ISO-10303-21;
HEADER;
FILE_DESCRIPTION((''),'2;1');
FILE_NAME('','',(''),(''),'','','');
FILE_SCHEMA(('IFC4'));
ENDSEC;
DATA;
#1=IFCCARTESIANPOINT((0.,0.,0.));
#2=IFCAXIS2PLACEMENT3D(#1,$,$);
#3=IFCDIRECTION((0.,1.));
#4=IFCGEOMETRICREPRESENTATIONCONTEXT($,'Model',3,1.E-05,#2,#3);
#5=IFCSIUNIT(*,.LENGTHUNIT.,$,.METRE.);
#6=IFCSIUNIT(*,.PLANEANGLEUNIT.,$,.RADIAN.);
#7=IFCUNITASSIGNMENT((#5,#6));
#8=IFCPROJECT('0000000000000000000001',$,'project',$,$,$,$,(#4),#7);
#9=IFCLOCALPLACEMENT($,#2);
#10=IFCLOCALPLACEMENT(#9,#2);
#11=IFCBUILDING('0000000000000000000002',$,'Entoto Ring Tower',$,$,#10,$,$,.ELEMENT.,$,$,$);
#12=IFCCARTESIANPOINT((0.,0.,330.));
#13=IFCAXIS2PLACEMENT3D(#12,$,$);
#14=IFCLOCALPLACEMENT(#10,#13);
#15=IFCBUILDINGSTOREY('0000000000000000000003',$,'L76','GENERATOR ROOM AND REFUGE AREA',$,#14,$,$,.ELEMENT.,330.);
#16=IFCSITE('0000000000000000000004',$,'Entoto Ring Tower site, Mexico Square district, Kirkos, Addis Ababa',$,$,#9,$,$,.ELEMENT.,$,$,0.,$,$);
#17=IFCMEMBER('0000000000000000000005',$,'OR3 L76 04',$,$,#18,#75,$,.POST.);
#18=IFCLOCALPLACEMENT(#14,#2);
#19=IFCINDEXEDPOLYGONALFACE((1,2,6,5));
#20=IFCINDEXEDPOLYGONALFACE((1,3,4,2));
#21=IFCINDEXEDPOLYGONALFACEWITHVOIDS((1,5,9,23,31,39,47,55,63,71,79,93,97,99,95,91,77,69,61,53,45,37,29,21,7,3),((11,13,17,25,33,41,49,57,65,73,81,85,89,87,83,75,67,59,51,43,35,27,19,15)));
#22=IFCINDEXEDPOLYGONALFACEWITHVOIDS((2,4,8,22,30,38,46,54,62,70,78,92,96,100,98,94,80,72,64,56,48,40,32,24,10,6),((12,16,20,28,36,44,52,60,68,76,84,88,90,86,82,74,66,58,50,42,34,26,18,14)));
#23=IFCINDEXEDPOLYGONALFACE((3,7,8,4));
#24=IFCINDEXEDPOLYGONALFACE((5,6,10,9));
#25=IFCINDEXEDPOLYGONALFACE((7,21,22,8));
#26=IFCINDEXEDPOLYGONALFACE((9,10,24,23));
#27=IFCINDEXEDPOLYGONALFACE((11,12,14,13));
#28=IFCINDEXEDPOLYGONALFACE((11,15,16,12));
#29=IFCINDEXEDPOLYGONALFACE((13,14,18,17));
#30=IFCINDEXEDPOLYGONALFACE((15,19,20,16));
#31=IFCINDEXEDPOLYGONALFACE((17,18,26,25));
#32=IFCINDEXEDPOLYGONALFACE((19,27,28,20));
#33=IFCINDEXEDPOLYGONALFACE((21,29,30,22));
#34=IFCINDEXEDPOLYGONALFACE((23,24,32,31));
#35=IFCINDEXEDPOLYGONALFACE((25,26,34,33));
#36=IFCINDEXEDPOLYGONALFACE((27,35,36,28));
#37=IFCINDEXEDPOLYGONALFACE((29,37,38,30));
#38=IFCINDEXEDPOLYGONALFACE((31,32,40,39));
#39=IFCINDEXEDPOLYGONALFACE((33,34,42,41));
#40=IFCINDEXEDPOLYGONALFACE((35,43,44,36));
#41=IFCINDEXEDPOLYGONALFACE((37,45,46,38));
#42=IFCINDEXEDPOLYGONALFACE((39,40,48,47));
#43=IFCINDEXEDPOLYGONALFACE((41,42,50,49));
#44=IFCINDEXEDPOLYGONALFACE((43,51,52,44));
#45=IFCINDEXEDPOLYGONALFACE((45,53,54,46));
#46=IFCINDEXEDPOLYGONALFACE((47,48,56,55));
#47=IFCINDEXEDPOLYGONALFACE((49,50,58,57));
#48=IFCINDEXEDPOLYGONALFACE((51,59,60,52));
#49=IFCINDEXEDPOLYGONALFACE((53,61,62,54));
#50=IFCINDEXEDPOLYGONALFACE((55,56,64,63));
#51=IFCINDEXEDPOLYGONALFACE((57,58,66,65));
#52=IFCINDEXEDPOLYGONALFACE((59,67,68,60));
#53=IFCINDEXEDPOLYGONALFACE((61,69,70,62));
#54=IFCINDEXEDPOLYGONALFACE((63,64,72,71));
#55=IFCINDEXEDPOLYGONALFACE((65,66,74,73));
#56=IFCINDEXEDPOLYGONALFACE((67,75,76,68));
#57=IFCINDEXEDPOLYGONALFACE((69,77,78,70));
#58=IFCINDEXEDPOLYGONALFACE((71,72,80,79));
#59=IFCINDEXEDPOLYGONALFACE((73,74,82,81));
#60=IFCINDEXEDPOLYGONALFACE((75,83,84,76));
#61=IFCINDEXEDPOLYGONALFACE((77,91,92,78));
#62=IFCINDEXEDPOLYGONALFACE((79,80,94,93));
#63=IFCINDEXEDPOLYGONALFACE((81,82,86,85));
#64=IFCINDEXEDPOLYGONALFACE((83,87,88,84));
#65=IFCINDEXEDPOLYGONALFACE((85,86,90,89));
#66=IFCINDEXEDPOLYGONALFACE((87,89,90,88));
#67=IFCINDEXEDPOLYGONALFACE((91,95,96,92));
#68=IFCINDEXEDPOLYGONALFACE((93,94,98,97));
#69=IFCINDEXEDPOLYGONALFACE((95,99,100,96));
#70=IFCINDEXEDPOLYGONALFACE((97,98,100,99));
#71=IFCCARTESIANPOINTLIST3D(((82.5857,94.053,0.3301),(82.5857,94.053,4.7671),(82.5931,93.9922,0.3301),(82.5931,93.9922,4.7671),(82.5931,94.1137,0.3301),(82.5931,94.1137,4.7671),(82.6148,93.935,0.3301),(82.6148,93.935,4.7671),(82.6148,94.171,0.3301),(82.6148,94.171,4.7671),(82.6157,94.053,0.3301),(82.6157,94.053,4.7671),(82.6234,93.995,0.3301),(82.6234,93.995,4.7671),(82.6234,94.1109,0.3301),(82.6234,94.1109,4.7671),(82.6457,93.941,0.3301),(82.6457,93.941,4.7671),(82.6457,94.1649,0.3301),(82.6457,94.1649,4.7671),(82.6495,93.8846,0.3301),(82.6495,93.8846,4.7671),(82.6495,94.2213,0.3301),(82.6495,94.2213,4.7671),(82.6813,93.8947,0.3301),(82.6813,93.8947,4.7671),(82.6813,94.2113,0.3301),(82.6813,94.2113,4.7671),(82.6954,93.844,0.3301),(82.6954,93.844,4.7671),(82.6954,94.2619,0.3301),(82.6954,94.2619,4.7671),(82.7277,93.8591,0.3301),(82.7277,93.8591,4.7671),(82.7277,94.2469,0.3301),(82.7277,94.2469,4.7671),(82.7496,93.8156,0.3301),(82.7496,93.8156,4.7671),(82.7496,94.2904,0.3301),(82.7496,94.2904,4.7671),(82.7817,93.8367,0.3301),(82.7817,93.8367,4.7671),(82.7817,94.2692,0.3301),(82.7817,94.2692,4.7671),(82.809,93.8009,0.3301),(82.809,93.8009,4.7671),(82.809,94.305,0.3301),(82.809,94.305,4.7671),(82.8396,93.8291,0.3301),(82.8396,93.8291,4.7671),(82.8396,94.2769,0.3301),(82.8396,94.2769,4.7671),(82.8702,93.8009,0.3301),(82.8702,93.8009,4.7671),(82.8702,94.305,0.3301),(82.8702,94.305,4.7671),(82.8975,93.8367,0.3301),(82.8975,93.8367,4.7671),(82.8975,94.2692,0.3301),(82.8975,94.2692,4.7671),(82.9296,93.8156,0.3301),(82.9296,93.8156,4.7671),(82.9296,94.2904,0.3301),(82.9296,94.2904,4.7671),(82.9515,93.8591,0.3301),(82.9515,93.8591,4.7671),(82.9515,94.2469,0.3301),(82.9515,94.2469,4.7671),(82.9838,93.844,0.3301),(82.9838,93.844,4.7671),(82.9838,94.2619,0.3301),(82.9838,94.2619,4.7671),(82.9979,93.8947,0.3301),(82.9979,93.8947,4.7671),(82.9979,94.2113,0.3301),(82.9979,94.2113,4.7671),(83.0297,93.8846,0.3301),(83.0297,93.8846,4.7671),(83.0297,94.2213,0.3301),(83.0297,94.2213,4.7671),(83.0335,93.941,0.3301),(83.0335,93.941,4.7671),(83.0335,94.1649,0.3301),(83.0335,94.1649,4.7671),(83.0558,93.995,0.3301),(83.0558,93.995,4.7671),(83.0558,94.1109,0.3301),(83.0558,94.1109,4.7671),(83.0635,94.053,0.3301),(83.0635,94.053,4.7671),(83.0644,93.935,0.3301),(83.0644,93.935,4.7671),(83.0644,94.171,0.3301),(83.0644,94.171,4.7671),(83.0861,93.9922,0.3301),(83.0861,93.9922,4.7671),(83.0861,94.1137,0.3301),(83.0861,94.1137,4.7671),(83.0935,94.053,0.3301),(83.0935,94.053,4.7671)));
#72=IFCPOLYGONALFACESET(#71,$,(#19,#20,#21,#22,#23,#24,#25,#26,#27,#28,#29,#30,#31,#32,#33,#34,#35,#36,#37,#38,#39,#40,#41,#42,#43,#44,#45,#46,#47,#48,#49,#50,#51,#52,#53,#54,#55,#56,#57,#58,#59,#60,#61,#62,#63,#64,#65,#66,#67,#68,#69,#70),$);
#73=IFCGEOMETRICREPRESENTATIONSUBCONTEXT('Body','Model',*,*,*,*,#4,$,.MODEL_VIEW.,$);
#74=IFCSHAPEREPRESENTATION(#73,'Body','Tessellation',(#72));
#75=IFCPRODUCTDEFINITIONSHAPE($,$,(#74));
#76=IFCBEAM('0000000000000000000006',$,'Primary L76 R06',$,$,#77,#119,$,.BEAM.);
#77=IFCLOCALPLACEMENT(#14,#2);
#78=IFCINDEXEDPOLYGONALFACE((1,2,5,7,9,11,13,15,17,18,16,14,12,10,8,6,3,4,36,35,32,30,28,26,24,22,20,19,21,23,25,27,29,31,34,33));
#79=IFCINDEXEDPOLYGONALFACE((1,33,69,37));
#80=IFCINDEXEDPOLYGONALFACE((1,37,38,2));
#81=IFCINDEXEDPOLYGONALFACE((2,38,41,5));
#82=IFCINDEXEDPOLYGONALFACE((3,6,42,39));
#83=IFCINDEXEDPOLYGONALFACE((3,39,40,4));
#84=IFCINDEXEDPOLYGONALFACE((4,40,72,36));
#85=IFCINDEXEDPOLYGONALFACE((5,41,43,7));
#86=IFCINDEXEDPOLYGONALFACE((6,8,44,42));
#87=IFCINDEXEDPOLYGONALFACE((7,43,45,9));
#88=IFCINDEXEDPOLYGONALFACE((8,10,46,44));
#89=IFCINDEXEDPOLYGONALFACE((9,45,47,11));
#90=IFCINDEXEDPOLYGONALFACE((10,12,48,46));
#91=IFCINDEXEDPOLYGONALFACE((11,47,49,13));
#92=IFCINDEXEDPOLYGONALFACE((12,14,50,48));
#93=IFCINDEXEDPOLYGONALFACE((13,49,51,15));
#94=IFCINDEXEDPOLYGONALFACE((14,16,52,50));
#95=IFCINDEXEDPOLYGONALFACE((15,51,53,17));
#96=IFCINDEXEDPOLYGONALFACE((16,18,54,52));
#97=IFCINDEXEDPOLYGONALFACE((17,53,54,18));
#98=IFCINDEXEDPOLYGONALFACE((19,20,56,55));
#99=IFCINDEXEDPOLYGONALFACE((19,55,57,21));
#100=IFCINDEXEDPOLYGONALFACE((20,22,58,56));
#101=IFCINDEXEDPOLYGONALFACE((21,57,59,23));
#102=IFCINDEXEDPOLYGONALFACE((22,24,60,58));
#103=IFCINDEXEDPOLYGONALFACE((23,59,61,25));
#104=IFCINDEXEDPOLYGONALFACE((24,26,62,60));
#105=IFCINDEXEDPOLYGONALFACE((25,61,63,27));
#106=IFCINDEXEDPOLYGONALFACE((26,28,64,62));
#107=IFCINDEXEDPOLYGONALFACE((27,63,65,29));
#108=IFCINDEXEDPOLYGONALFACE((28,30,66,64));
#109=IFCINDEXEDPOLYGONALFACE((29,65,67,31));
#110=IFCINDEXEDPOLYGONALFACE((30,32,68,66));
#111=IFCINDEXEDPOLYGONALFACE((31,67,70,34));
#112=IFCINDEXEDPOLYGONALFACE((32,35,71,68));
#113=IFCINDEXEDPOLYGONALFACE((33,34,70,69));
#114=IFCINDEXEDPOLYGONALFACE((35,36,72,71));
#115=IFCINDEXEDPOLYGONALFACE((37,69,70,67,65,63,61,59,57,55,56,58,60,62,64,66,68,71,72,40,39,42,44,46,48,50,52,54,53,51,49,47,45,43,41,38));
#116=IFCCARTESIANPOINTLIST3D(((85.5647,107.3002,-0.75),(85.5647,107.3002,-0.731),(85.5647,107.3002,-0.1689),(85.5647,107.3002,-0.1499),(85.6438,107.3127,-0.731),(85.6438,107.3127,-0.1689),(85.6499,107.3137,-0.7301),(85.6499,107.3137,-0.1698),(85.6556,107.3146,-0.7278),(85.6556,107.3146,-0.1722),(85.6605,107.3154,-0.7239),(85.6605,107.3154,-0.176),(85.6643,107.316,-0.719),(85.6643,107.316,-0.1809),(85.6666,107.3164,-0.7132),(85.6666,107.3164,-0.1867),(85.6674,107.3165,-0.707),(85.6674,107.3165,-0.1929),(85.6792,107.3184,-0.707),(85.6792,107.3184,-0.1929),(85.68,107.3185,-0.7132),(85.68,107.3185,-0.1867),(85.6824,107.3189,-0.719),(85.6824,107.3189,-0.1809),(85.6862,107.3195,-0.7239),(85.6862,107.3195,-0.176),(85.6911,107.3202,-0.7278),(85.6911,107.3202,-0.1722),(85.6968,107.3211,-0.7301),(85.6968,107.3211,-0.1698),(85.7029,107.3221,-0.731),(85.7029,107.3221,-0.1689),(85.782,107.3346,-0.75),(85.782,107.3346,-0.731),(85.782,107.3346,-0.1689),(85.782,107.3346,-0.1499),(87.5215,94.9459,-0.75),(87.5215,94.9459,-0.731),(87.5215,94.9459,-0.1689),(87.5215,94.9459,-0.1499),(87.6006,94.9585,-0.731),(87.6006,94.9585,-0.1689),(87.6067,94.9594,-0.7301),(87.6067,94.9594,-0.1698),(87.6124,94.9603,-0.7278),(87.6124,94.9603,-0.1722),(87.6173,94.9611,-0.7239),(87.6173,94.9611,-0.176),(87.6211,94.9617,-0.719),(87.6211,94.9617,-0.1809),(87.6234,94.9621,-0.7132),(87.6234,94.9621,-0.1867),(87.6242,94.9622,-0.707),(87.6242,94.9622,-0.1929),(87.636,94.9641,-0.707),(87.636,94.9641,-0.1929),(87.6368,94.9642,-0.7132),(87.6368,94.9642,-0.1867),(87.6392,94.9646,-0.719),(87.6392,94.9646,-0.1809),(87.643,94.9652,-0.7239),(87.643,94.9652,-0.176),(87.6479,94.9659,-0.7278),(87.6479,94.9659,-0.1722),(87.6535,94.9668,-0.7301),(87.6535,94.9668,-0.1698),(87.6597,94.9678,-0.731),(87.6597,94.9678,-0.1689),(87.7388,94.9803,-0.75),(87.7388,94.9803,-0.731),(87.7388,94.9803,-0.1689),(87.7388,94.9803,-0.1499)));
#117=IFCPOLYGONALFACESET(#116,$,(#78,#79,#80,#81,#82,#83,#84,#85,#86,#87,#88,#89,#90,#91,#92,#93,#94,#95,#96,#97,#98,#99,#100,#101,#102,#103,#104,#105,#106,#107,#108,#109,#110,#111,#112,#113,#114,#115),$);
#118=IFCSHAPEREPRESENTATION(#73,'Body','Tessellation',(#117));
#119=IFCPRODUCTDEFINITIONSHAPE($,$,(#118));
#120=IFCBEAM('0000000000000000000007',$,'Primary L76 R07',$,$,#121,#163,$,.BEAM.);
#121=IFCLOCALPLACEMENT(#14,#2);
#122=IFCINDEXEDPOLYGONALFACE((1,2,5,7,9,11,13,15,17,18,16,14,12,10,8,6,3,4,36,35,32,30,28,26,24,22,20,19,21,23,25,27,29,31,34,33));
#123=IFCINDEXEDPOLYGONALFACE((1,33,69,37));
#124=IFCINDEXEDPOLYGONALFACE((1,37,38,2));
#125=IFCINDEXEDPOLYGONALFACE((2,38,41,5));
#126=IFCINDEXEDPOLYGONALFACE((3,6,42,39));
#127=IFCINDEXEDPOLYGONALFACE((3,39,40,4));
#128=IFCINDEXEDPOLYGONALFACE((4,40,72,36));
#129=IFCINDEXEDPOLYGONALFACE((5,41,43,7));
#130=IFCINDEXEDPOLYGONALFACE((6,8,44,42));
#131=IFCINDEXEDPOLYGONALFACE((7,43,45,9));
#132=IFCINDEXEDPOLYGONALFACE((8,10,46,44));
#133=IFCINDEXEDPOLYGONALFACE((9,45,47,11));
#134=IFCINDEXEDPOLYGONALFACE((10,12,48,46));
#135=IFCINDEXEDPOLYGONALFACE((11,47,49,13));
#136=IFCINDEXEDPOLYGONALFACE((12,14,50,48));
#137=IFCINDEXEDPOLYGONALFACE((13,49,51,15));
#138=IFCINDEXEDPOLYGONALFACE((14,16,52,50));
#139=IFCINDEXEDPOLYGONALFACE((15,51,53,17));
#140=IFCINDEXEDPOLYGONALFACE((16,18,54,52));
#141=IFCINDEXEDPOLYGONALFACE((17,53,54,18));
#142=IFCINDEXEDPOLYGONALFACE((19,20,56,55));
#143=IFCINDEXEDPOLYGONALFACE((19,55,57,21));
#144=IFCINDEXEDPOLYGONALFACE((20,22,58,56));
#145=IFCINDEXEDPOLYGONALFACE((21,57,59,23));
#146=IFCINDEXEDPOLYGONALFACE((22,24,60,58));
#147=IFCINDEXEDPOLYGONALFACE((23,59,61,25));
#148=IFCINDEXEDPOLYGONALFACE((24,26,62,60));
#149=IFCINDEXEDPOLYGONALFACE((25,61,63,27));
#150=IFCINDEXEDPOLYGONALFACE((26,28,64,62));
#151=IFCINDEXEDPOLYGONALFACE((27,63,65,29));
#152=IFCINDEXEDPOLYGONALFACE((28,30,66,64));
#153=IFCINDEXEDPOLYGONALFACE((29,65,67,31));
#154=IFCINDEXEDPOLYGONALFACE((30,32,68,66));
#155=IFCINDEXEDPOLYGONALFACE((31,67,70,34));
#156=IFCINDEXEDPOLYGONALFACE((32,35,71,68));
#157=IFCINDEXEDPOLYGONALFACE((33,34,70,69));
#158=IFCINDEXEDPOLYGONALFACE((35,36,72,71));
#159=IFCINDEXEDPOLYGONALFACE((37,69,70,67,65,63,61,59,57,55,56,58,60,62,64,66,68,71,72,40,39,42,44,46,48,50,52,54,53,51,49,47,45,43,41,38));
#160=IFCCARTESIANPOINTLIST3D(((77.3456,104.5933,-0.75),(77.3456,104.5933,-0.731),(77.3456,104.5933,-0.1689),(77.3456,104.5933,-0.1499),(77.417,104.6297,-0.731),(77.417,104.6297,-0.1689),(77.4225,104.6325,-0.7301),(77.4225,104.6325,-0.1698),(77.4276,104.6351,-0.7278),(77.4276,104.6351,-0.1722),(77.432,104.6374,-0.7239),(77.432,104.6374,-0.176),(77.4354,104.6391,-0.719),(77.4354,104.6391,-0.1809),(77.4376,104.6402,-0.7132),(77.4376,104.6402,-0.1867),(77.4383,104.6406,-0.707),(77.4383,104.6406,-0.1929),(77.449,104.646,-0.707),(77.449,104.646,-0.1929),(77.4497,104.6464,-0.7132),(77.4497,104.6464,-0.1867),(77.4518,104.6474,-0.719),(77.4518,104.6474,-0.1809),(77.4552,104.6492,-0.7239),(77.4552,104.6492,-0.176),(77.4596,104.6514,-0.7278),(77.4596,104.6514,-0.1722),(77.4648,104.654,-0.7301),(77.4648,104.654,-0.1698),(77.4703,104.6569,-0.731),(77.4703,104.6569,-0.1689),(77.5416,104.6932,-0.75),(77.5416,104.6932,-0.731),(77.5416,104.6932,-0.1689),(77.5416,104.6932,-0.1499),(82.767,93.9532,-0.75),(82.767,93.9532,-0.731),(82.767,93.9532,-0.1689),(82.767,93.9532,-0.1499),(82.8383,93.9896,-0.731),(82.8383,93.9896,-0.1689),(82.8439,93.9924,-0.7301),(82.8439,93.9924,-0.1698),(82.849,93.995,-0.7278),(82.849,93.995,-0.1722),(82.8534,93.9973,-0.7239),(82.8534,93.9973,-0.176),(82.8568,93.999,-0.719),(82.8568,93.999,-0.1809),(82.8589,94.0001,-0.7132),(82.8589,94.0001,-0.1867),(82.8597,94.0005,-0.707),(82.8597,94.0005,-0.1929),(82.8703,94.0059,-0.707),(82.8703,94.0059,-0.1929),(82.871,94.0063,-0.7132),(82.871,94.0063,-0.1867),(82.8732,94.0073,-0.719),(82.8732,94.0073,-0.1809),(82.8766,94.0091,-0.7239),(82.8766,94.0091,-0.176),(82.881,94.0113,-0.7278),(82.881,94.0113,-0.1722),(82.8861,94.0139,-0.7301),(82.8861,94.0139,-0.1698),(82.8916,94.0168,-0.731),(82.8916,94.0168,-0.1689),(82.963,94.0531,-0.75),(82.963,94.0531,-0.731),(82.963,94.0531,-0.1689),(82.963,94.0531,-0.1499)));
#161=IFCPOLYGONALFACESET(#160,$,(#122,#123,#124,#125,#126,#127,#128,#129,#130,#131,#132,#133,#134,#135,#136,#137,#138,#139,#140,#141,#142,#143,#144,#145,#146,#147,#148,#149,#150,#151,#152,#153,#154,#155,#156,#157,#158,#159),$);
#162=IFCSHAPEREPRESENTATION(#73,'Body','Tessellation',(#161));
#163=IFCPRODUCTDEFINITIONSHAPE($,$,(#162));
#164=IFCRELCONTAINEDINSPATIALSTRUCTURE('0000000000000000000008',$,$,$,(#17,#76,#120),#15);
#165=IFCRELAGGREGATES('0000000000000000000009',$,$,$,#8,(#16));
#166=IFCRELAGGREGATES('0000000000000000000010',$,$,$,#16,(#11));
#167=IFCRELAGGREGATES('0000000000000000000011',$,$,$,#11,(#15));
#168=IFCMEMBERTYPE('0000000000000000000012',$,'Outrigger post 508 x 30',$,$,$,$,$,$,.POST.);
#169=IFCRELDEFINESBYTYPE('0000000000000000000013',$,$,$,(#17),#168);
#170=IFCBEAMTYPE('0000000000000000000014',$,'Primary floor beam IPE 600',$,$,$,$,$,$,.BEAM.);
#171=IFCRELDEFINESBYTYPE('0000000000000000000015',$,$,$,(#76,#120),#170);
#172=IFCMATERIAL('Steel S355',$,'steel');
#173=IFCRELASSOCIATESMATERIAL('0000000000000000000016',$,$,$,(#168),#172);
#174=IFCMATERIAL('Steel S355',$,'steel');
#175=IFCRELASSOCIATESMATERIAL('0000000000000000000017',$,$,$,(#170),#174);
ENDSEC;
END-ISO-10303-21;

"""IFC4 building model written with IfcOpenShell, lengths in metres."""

from ifc_helpers import new_model, si_unit, direction, frame, origin, origin_2d, place, context, subcontext, project, spatial, circle, hollow_circle, i_section, extrude, material, material_profile, profile_set, type_object, element, save


model = new_model("IFC4")

# Units and contexts
model_context = context("Model", 3, precision=1e-05, world=origin(), true_north=direction((0.0, 1.0)))
body_context = subcontext(model_context, "Body", "Model", "MODEL_VIEW")
ifc_project = project(units=[si_unit("LENGTHUNIT", "METRE"), si_unit("PLANEANGLEUNIT", "RADIAN")], contexts=[model_context])

# Site, building, storey
site_placement = place(None, origin())
site = spatial("IfcSite", under=ifc_project, at=site_placement, Name="Entoto Ring Tower site, Mexico Square district, Kirkos, Addis Ababa", CompositionType="ELEMENT", RefElevation=0.0)
building_placement = place(site_placement, origin())
building = spatial("IfcBuilding", under=site, at=building_placement, Name="Entoto Ring Tower", CompositionType="ELEMENT")
storey_placement = place(building_placement, frame((0.0, 0.0, 330.0)))
storey = spatial("IfcBuildingStorey", under=building, at=storey_placement, Name="L76", Description="GENERATOR ROOM AND REFUGE AREA", CompositionType="ELEMENT", Elevation=330.0)

# Member
ifc_material_1 = material(Name="Steel S355", Category="steel")
ifc_material_profile_1 = material_profile(ifc_material_1, hollow_circle(Radius=0.2539, WallThickness=0.03, at=origin_2d()), Name="CHS 508 x 30")
ifc_material_2 = material(Name="Concrete C60/75", Category="concrete")
ifc_material_profile_2 = material_profile(ifc_material_2, circle(Radius=0.2241, at=origin_2d()), Name="Concrete C60/75 infill")
ifc_profile_set_1 = profile_set([ifc_material_profile_1, ifc_material_profile_2], Name="Steel S355")
member_type_1 = type_object("IfcMemberType", Name="Outrigger post 508 x 30", PredefinedType="POST", material=ifc_profile_set_1)
member_1_placement = place(storey_placement, frame((82.8396, 94.053, 0.3301), z_axis=(0.0, 0.0, 1.0), x_axis=(1.0, 0.0, 0.0)))
element("IfcMember", 1, at=member_1_placement, inside=storey, type_object=member_type_1, Name="OR3 L76 04", PredefinedType="POST", context=body_context, shape_type="SweptSolid", body=[
    extrude(hollow_circle(Radius=0.2539, WallThickness=0.03, at=origin_2d()), origin(), (0.0, 0.0, 1.0), 4.437),
])

# Beams
ifc_material_3 = material(Name="Steel S355", Category="steel")
ifc_material_profile_3 = material_profile(ifc_material_3, i_section(OverallWidth=0.22, OverallDepth=0.6001, WebThickness=0.012, FlangeThickness=0.019, FilletRadius=0.0239, at=origin_2d()), Name="IPE 600")
ifc_profile_set_2 = profile_set([ifc_material_profile_3], Name="Steel S355")
beam_type_1 = type_object("IfcBeamType", Name="Primary floor beam IPE 600", PredefinedType="BEAM", material=ifc_profile_set_2)
beam_1_placement = place(storey_placement, frame((87.6301, 94.9631, -0.45), z_axis=(-0.15644, 0.987688, 0.0), x_axis=(-0.987688, -0.15644, 0.0)))
element("IfcBeam", 2, at=beam_1_placement, inside=storey, type_object=beam_type_1, Name="Primary L76 R06", PredefinedType="BEAM", context=body_context, shape_type="SweptSolid", body=[
    extrude(i_section(OverallWidth=0.22, OverallDepth=0.6001, WebThickness=0.012, FlangeThickness=0.019, FilletRadius=0.0239, at=origin_2d()), origin(), (0.0, 0.0, 1.0), 12.5083),
])
beam_2_placement = place(storey_placement, frame((82.865, 94.0032, -0.45), z_axis=(-0.453988, 0.891008, 0.0), x_axis=(-0.891008, -0.453988, 0.0)))
element("IfcBeam", 3, at=beam_2_placement, inside=storey, type_object=beam_type_1, Name="Primary L76 R07", PredefinedType="BEAM", context=body_context, shape_type="SweptSolid", body=[
    extrude(i_section(OverallWidth=0.22, OverallDepth=0.6001, WebThickness=0.012, FlangeThickness=0.019, FilletRadius=0.0239, at=origin_2d()), origin(), (0.0, 0.0, 1.0), 11.9417),
])

save(model, "model.ifc")
